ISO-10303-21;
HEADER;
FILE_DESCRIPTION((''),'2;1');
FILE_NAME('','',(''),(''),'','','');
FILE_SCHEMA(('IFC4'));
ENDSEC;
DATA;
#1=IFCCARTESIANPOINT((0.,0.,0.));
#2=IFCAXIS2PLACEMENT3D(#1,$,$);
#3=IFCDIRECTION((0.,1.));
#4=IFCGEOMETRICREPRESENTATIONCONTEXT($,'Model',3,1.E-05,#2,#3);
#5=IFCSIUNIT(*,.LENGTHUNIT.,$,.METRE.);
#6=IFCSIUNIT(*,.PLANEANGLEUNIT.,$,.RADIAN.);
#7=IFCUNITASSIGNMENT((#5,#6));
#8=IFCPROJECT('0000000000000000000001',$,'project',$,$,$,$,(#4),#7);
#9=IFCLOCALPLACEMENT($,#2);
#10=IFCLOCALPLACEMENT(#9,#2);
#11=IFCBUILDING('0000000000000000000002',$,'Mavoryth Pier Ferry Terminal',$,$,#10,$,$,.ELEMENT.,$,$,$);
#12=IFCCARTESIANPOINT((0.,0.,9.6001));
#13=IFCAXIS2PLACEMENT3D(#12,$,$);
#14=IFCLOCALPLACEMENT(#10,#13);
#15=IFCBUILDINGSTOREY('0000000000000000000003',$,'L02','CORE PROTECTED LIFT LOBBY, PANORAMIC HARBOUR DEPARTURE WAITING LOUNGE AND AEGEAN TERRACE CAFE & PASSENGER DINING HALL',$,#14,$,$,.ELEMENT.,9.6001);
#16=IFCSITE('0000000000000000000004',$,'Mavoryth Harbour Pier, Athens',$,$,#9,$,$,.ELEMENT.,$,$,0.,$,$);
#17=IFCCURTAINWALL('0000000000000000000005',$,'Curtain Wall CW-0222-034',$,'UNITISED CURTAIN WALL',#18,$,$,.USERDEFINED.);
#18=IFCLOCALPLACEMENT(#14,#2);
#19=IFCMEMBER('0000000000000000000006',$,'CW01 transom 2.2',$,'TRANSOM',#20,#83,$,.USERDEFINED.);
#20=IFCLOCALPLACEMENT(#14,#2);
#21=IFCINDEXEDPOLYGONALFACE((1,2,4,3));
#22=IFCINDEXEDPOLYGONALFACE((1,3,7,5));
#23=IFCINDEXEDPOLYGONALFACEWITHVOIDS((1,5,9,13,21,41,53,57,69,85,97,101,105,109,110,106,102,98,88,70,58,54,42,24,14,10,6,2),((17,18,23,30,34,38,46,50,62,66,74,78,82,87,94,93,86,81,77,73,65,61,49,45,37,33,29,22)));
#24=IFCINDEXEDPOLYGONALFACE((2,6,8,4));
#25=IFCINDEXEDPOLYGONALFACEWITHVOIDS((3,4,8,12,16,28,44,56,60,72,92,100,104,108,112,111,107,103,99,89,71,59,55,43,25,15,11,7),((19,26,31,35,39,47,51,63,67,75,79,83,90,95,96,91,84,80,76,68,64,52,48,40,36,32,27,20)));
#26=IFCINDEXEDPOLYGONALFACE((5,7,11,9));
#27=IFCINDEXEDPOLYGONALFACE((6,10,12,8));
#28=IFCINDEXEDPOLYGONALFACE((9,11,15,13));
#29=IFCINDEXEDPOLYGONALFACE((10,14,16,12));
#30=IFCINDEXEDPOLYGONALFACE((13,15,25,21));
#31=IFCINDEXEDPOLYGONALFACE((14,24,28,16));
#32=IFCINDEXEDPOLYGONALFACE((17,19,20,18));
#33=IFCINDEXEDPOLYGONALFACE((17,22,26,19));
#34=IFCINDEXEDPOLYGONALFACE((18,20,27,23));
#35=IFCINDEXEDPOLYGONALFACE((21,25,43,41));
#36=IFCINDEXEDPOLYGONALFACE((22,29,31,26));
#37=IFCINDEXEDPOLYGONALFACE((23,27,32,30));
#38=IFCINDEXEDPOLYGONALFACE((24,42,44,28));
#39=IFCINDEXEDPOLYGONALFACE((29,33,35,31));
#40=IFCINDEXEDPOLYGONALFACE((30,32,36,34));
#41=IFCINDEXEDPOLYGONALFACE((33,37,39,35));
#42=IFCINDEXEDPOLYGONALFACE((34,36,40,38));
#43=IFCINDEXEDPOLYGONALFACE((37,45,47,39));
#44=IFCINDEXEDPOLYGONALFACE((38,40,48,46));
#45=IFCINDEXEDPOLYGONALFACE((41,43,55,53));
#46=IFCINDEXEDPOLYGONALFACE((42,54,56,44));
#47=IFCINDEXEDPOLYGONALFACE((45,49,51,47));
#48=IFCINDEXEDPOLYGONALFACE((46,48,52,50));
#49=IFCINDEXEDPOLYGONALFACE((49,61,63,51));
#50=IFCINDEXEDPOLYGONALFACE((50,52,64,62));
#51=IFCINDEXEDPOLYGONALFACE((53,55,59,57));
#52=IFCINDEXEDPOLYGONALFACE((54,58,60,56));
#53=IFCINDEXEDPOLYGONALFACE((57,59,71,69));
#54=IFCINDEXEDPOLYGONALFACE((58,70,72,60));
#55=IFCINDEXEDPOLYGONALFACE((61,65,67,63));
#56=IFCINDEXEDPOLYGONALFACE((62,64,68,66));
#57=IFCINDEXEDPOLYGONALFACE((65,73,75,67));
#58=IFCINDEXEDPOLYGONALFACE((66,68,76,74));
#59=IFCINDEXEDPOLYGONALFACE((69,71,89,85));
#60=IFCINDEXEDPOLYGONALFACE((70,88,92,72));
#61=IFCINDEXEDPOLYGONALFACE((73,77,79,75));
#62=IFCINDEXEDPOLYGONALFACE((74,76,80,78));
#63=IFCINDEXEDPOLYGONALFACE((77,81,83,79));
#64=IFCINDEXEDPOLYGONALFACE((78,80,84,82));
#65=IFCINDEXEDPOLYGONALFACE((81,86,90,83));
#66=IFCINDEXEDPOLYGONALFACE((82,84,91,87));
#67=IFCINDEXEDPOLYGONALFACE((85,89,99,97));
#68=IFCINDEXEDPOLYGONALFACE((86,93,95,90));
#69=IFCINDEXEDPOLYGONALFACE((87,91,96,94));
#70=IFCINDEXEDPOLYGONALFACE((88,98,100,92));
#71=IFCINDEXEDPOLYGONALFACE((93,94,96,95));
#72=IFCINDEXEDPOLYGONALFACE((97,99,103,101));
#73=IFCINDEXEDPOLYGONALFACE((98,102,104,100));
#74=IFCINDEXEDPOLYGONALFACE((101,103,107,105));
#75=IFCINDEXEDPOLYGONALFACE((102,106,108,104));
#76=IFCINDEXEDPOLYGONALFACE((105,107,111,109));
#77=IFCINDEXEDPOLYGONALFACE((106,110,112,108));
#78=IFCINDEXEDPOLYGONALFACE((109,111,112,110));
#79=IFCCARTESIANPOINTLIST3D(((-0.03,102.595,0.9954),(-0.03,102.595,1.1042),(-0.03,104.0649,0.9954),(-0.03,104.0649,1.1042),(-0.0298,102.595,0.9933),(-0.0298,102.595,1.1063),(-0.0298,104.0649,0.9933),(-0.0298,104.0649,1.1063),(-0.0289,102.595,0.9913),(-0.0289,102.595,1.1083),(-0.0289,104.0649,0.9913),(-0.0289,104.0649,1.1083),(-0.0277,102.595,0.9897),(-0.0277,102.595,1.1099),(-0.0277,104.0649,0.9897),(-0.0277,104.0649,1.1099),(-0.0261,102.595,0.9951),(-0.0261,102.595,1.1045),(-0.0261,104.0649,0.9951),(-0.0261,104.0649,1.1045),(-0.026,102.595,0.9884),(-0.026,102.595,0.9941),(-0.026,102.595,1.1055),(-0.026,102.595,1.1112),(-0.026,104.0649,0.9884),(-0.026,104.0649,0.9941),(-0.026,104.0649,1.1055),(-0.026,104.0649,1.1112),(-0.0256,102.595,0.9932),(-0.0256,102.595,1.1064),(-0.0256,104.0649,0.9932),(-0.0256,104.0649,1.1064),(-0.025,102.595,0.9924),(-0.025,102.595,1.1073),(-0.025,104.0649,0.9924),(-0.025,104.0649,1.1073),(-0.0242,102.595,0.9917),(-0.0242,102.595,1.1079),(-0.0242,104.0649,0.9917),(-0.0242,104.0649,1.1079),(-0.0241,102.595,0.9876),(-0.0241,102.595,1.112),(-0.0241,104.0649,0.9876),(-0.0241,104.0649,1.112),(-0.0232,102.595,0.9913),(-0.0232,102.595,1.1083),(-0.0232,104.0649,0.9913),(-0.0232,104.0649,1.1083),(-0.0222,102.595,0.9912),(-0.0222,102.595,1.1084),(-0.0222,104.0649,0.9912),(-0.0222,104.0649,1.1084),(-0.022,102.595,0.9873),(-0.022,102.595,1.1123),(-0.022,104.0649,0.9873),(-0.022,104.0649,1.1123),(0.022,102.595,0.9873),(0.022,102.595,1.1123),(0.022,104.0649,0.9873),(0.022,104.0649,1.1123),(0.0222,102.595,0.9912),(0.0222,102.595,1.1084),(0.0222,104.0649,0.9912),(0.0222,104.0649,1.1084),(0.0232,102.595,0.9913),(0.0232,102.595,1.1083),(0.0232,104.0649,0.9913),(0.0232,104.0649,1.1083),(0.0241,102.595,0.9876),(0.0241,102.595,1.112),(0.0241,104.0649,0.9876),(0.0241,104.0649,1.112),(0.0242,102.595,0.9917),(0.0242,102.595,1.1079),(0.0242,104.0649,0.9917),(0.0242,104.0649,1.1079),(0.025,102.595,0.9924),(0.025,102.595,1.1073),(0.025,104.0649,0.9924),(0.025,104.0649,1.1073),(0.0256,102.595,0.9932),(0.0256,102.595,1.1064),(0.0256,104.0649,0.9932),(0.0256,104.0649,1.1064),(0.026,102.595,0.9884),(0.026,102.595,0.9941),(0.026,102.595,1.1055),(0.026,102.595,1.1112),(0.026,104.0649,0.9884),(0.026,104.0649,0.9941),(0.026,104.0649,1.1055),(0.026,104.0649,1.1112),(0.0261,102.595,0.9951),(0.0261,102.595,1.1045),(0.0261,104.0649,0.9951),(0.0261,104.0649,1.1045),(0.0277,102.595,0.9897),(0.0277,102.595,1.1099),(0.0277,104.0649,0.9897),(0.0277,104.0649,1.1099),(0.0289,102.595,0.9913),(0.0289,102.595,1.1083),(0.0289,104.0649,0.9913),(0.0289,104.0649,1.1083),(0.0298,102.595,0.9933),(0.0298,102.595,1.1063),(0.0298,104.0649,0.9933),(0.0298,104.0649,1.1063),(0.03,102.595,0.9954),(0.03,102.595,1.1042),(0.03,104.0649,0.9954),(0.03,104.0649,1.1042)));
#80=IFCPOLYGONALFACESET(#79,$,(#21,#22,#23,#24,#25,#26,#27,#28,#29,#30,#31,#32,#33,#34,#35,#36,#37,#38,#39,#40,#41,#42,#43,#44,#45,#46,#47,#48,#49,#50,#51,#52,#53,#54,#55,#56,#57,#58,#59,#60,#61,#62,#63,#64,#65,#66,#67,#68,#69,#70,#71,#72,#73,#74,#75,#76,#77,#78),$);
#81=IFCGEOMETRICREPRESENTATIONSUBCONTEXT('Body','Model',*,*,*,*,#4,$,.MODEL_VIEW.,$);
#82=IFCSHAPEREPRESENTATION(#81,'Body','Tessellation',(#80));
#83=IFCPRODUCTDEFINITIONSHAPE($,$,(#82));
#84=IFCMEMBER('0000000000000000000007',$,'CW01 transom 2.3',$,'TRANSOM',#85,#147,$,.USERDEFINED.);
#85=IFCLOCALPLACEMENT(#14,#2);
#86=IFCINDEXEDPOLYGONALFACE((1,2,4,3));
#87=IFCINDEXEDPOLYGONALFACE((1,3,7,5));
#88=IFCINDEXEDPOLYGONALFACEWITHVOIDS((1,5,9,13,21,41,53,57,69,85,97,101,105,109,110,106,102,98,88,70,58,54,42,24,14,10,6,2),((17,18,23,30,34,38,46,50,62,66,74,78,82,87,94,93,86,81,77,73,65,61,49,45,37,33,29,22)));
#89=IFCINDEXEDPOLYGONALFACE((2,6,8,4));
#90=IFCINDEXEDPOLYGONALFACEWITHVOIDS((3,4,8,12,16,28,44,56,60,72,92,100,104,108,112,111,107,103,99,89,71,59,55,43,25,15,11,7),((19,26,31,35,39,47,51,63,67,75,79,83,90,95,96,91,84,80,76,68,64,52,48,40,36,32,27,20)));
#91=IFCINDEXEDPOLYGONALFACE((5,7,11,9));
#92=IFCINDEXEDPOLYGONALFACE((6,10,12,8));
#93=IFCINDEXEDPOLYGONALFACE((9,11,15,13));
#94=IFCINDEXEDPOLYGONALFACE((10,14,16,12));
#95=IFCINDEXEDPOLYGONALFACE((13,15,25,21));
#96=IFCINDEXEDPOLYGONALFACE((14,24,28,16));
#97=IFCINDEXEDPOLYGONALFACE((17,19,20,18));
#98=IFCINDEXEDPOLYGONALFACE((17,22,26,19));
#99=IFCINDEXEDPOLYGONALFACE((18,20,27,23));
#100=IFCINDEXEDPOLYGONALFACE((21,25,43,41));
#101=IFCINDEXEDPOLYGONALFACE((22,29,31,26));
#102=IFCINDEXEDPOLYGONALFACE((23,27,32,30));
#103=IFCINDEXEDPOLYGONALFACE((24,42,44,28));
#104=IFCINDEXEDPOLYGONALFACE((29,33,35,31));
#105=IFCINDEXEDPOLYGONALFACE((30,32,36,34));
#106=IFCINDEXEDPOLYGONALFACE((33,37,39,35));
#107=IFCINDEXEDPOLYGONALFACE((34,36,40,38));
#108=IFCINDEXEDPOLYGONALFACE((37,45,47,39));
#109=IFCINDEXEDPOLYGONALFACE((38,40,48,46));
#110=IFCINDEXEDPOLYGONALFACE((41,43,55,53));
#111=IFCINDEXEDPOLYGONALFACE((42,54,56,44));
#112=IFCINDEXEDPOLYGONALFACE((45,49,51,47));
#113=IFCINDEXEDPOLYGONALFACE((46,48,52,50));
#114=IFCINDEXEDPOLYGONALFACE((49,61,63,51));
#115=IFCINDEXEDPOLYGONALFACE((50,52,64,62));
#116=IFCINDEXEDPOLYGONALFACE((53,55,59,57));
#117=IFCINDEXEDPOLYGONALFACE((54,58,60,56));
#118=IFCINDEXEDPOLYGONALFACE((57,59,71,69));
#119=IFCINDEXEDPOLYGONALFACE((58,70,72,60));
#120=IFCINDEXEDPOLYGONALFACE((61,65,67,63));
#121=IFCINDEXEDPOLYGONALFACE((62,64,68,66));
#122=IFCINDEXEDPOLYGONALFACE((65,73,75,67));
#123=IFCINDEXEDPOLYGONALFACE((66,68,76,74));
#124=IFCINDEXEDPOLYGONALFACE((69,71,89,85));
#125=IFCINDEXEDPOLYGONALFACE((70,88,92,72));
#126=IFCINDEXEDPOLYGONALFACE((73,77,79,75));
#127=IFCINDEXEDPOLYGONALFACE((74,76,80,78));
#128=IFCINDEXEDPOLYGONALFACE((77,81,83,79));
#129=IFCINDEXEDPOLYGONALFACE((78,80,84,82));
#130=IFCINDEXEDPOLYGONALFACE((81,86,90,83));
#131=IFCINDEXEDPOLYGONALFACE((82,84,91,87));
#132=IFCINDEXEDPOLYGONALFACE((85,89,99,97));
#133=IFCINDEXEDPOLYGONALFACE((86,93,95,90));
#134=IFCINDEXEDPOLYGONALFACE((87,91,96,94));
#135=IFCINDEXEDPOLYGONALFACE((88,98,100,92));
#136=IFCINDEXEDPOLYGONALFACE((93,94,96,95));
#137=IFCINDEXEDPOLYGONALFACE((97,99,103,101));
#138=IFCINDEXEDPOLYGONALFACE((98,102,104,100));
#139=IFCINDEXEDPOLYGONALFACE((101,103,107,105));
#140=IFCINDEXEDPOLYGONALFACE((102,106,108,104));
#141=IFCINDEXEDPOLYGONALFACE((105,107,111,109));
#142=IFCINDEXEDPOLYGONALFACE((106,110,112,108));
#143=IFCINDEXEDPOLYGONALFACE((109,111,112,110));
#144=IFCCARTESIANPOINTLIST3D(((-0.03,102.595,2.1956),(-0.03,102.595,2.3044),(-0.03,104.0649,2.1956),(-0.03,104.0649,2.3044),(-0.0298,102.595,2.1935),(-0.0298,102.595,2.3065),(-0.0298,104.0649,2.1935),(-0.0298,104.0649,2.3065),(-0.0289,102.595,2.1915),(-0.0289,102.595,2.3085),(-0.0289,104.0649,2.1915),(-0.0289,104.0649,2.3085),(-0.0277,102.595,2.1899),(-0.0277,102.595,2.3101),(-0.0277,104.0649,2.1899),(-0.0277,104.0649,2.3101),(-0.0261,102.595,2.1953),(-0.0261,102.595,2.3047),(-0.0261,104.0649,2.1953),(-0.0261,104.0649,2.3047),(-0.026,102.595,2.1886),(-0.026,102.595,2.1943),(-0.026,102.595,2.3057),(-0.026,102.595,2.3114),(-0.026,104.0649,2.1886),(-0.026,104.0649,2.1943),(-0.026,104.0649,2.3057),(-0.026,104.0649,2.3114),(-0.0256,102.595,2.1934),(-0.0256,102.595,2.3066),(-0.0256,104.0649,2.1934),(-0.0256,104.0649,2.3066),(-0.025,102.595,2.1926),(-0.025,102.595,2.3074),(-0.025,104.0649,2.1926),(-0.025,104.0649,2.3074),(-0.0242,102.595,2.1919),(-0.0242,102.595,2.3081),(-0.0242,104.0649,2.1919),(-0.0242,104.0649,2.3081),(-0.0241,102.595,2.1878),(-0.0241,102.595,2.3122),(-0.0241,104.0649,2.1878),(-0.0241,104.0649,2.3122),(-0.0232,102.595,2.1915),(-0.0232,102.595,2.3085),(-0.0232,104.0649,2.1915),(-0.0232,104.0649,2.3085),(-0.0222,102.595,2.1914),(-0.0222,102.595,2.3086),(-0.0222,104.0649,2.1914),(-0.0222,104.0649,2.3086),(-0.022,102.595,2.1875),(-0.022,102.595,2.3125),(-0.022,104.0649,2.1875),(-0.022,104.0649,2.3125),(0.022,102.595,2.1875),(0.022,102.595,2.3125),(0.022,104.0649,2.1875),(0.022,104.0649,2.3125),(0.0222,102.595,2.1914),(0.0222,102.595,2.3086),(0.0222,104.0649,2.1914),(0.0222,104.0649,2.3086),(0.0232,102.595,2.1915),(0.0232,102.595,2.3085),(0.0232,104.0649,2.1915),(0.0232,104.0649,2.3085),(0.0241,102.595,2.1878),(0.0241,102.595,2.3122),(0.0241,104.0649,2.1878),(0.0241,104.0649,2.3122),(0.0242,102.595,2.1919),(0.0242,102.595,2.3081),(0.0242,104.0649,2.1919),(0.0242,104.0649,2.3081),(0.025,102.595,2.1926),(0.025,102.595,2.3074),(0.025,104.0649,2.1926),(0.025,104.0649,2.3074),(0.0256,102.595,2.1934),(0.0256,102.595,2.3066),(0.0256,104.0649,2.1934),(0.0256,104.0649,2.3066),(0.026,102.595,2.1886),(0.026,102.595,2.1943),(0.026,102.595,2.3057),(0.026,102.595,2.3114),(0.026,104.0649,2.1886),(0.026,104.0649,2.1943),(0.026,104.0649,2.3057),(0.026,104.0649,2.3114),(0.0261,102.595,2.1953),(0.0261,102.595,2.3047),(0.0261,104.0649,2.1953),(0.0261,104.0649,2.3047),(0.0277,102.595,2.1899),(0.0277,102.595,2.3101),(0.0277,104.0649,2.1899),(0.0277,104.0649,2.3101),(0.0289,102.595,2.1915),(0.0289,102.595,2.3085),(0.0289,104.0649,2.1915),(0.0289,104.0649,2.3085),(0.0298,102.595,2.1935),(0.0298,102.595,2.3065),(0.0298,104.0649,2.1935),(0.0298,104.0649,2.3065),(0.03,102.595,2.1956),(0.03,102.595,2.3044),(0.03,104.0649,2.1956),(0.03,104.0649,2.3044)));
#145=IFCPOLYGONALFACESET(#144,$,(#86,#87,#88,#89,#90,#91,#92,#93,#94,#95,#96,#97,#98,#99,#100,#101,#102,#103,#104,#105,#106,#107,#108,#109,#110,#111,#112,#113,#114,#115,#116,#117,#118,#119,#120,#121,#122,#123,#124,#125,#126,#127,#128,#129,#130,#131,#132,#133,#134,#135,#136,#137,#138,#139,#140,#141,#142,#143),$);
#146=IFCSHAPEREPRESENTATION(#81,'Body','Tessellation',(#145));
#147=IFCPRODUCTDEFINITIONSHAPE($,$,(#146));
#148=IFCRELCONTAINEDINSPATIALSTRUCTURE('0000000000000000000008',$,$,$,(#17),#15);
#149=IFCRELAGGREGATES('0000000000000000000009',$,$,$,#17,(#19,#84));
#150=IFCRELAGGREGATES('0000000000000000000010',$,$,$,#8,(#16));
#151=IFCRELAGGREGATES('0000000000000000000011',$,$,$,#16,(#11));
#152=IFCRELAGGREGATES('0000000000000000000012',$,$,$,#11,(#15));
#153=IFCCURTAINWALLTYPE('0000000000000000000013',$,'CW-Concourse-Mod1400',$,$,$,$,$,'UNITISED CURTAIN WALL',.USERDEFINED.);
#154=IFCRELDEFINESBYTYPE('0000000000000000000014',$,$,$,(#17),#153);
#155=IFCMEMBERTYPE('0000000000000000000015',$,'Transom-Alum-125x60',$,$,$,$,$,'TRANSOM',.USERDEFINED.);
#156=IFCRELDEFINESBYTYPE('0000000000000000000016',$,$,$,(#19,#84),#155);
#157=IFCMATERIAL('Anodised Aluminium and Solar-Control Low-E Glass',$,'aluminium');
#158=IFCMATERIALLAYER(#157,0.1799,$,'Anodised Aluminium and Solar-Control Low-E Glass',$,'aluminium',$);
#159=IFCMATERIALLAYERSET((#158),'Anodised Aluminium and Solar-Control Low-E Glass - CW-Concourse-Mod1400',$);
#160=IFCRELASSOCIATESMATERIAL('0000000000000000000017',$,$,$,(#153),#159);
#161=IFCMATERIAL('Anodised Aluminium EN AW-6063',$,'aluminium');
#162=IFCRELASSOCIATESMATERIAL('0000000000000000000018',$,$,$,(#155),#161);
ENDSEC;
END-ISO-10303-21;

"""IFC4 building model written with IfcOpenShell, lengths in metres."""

from ifc_helpers import new_model, si_unit, direction, frame, origin, origin_2d, place, context, subcontext, project, spatial, hollow_rectangle, extrude, material, layer, layer_set, material_profile, profile_set, type_object, element, aggregate, save


model = new_model("IFC4")

# Units and contexts
model_context = context("Model", 3, precision=1e-05, world=origin(), true_north=direction((0.0, 1.0)))
body_context = subcontext(model_context, "Body", "Model", "MODEL_VIEW")
ifc_project = project(units=[si_unit("LENGTHUNIT", "METRE"), si_unit("PLANEANGLEUNIT", "RADIAN")], contexts=[model_context])

# Site, building, storey
site_placement = place(None, origin())
site = spatial("IfcSite", under=ifc_project, at=site_placement, Name="Mavoryth Harbour Pier, Athens", CompositionType="ELEMENT", RefElevation=0.0)
building_placement = place(site_placement, origin())
building = spatial("IfcBuilding", under=site, at=building_placement, Name="Mavoryth Pier Ferry Terminal", CompositionType="ELEMENT")
storey_placement = place(building_placement, frame((0.0, 0.0, 9.6001)))
storey = spatial("IfcBuildingStorey", under=building, at=storey_placement, Name="L02", Description="CORE PROTECTED LIFT LOBBY, PANORAMIC HARBOUR DEPARTURE WAITING LOUNGE AND AEGEAN TERRACE CAFE & PASSENGER DINING HALL", CompositionType="ELEMENT", Elevation=9.6001)

# Curtain wall
ifc_material_1 = material(Name="Anodised Aluminium and Solar-Control Low-E Glass", Category="aluminium")
ifc_layer_1 = layer(ifc_material_1, 0.1799, Name="Anodised Aluminium and Solar-Control Low-E Glass", Category="aluminium")
ifc_layer_set_1 = layer_set([ifc_layer_1], Name="Anodised Aluminium and Solar-Control Low-E Glass - CW-Concourse-Mod1400")
curtain_wall_type_1 = type_object("IfcCurtainWallType", Name="CW-Concourse-Mod1400", ElementType="UNITISED CURTAIN WALL", PredefinedType="USERDEFINED", material=ifc_layer_set_1)
curtain_wall_1_placement = place(storey_placement, origin())
curtain_wall_1 = element("IfcCurtainWall", 1, at=curtain_wall_1_placement, inside=storey, type_object=curtain_wall_type_1, Name="Curtain Wall CW-0222-034", ObjectType="UNITISED CURTAIN WALL", PredefinedType="USERDEFINED")
ifc_material_2 = material(Name="Anodised Aluminium EN AW-6063", Category="aluminium")

# Members
ifc_material_profile_1 = material_profile(ifc_material_2, hollow_rectangle(XDim=0.0601, YDim=0.125, WallThickness=0.0039, InnerFilletRadius=0.0039, OuterFilletRadius=0.0081, at=origin_2d()), Name="AL-TRAN 125x60x4", Category="aluminium")
ifc_profile_set_1 = profile_set([ifc_material_profile_1], Name="Anodised Aluminium EN AW-6063 - AL-TRAN 125x60x4")
member_type_1 = type_object("IfcMemberType", Name="Transom-Alum-125x60", ElementType="TRANSOM", PredefinedType="USERDEFINED", material=ifc_profile_set_1)
member_1_placement = place(storey_placement, frame((0.0, 104.0649, 1.0498), z_axis=(0.0, -1.0, 0.0), x_axis=(1.0, 0.0, 0.0)))
member_1 = element("IfcMember", 2, at=member_1_placement, type_object=member_type_1, Name="CW01 transom 2.2", ObjectType="TRANSOM", PredefinedType="USERDEFINED", context=body_context, shape_type="SweptSolid", body=[
    extrude(hollow_rectangle(XDim=0.0601, YDim=0.125, WallThickness=0.0039, InnerFilletRadius=0.0039, OuterFilletRadius=0.0081, at=origin_2d()), origin(), (0.0, 0.0, 1.0), 1.47),
])
member_2_placement = place(storey_placement, frame((0.0, 104.0649, 2.25), z_axis=(0.0, -1.0, 0.0), x_axis=(1.0, 0.0, 0.0)))
member_2 = element("IfcMember", 3, at=member_2_placement, type_object=member_type_1, Name="CW01 transom 2.3", ObjectType="TRANSOM", PredefinedType="USERDEFINED", context=body_context, shape_type="SweptSolid", body=[
    extrude(hollow_rectangle(XDim=0.0601, YDim=0.125, WallThickness=0.0039, InnerFilletRadius=0.0039, OuterFilletRadius=0.0081, at=origin_2d()), origin(), (0.0, 0.0, 1.0), 1.47),
])

aggregate(curtain_wall_1, [member_1, member_2])

save(model, "model.ifc")
